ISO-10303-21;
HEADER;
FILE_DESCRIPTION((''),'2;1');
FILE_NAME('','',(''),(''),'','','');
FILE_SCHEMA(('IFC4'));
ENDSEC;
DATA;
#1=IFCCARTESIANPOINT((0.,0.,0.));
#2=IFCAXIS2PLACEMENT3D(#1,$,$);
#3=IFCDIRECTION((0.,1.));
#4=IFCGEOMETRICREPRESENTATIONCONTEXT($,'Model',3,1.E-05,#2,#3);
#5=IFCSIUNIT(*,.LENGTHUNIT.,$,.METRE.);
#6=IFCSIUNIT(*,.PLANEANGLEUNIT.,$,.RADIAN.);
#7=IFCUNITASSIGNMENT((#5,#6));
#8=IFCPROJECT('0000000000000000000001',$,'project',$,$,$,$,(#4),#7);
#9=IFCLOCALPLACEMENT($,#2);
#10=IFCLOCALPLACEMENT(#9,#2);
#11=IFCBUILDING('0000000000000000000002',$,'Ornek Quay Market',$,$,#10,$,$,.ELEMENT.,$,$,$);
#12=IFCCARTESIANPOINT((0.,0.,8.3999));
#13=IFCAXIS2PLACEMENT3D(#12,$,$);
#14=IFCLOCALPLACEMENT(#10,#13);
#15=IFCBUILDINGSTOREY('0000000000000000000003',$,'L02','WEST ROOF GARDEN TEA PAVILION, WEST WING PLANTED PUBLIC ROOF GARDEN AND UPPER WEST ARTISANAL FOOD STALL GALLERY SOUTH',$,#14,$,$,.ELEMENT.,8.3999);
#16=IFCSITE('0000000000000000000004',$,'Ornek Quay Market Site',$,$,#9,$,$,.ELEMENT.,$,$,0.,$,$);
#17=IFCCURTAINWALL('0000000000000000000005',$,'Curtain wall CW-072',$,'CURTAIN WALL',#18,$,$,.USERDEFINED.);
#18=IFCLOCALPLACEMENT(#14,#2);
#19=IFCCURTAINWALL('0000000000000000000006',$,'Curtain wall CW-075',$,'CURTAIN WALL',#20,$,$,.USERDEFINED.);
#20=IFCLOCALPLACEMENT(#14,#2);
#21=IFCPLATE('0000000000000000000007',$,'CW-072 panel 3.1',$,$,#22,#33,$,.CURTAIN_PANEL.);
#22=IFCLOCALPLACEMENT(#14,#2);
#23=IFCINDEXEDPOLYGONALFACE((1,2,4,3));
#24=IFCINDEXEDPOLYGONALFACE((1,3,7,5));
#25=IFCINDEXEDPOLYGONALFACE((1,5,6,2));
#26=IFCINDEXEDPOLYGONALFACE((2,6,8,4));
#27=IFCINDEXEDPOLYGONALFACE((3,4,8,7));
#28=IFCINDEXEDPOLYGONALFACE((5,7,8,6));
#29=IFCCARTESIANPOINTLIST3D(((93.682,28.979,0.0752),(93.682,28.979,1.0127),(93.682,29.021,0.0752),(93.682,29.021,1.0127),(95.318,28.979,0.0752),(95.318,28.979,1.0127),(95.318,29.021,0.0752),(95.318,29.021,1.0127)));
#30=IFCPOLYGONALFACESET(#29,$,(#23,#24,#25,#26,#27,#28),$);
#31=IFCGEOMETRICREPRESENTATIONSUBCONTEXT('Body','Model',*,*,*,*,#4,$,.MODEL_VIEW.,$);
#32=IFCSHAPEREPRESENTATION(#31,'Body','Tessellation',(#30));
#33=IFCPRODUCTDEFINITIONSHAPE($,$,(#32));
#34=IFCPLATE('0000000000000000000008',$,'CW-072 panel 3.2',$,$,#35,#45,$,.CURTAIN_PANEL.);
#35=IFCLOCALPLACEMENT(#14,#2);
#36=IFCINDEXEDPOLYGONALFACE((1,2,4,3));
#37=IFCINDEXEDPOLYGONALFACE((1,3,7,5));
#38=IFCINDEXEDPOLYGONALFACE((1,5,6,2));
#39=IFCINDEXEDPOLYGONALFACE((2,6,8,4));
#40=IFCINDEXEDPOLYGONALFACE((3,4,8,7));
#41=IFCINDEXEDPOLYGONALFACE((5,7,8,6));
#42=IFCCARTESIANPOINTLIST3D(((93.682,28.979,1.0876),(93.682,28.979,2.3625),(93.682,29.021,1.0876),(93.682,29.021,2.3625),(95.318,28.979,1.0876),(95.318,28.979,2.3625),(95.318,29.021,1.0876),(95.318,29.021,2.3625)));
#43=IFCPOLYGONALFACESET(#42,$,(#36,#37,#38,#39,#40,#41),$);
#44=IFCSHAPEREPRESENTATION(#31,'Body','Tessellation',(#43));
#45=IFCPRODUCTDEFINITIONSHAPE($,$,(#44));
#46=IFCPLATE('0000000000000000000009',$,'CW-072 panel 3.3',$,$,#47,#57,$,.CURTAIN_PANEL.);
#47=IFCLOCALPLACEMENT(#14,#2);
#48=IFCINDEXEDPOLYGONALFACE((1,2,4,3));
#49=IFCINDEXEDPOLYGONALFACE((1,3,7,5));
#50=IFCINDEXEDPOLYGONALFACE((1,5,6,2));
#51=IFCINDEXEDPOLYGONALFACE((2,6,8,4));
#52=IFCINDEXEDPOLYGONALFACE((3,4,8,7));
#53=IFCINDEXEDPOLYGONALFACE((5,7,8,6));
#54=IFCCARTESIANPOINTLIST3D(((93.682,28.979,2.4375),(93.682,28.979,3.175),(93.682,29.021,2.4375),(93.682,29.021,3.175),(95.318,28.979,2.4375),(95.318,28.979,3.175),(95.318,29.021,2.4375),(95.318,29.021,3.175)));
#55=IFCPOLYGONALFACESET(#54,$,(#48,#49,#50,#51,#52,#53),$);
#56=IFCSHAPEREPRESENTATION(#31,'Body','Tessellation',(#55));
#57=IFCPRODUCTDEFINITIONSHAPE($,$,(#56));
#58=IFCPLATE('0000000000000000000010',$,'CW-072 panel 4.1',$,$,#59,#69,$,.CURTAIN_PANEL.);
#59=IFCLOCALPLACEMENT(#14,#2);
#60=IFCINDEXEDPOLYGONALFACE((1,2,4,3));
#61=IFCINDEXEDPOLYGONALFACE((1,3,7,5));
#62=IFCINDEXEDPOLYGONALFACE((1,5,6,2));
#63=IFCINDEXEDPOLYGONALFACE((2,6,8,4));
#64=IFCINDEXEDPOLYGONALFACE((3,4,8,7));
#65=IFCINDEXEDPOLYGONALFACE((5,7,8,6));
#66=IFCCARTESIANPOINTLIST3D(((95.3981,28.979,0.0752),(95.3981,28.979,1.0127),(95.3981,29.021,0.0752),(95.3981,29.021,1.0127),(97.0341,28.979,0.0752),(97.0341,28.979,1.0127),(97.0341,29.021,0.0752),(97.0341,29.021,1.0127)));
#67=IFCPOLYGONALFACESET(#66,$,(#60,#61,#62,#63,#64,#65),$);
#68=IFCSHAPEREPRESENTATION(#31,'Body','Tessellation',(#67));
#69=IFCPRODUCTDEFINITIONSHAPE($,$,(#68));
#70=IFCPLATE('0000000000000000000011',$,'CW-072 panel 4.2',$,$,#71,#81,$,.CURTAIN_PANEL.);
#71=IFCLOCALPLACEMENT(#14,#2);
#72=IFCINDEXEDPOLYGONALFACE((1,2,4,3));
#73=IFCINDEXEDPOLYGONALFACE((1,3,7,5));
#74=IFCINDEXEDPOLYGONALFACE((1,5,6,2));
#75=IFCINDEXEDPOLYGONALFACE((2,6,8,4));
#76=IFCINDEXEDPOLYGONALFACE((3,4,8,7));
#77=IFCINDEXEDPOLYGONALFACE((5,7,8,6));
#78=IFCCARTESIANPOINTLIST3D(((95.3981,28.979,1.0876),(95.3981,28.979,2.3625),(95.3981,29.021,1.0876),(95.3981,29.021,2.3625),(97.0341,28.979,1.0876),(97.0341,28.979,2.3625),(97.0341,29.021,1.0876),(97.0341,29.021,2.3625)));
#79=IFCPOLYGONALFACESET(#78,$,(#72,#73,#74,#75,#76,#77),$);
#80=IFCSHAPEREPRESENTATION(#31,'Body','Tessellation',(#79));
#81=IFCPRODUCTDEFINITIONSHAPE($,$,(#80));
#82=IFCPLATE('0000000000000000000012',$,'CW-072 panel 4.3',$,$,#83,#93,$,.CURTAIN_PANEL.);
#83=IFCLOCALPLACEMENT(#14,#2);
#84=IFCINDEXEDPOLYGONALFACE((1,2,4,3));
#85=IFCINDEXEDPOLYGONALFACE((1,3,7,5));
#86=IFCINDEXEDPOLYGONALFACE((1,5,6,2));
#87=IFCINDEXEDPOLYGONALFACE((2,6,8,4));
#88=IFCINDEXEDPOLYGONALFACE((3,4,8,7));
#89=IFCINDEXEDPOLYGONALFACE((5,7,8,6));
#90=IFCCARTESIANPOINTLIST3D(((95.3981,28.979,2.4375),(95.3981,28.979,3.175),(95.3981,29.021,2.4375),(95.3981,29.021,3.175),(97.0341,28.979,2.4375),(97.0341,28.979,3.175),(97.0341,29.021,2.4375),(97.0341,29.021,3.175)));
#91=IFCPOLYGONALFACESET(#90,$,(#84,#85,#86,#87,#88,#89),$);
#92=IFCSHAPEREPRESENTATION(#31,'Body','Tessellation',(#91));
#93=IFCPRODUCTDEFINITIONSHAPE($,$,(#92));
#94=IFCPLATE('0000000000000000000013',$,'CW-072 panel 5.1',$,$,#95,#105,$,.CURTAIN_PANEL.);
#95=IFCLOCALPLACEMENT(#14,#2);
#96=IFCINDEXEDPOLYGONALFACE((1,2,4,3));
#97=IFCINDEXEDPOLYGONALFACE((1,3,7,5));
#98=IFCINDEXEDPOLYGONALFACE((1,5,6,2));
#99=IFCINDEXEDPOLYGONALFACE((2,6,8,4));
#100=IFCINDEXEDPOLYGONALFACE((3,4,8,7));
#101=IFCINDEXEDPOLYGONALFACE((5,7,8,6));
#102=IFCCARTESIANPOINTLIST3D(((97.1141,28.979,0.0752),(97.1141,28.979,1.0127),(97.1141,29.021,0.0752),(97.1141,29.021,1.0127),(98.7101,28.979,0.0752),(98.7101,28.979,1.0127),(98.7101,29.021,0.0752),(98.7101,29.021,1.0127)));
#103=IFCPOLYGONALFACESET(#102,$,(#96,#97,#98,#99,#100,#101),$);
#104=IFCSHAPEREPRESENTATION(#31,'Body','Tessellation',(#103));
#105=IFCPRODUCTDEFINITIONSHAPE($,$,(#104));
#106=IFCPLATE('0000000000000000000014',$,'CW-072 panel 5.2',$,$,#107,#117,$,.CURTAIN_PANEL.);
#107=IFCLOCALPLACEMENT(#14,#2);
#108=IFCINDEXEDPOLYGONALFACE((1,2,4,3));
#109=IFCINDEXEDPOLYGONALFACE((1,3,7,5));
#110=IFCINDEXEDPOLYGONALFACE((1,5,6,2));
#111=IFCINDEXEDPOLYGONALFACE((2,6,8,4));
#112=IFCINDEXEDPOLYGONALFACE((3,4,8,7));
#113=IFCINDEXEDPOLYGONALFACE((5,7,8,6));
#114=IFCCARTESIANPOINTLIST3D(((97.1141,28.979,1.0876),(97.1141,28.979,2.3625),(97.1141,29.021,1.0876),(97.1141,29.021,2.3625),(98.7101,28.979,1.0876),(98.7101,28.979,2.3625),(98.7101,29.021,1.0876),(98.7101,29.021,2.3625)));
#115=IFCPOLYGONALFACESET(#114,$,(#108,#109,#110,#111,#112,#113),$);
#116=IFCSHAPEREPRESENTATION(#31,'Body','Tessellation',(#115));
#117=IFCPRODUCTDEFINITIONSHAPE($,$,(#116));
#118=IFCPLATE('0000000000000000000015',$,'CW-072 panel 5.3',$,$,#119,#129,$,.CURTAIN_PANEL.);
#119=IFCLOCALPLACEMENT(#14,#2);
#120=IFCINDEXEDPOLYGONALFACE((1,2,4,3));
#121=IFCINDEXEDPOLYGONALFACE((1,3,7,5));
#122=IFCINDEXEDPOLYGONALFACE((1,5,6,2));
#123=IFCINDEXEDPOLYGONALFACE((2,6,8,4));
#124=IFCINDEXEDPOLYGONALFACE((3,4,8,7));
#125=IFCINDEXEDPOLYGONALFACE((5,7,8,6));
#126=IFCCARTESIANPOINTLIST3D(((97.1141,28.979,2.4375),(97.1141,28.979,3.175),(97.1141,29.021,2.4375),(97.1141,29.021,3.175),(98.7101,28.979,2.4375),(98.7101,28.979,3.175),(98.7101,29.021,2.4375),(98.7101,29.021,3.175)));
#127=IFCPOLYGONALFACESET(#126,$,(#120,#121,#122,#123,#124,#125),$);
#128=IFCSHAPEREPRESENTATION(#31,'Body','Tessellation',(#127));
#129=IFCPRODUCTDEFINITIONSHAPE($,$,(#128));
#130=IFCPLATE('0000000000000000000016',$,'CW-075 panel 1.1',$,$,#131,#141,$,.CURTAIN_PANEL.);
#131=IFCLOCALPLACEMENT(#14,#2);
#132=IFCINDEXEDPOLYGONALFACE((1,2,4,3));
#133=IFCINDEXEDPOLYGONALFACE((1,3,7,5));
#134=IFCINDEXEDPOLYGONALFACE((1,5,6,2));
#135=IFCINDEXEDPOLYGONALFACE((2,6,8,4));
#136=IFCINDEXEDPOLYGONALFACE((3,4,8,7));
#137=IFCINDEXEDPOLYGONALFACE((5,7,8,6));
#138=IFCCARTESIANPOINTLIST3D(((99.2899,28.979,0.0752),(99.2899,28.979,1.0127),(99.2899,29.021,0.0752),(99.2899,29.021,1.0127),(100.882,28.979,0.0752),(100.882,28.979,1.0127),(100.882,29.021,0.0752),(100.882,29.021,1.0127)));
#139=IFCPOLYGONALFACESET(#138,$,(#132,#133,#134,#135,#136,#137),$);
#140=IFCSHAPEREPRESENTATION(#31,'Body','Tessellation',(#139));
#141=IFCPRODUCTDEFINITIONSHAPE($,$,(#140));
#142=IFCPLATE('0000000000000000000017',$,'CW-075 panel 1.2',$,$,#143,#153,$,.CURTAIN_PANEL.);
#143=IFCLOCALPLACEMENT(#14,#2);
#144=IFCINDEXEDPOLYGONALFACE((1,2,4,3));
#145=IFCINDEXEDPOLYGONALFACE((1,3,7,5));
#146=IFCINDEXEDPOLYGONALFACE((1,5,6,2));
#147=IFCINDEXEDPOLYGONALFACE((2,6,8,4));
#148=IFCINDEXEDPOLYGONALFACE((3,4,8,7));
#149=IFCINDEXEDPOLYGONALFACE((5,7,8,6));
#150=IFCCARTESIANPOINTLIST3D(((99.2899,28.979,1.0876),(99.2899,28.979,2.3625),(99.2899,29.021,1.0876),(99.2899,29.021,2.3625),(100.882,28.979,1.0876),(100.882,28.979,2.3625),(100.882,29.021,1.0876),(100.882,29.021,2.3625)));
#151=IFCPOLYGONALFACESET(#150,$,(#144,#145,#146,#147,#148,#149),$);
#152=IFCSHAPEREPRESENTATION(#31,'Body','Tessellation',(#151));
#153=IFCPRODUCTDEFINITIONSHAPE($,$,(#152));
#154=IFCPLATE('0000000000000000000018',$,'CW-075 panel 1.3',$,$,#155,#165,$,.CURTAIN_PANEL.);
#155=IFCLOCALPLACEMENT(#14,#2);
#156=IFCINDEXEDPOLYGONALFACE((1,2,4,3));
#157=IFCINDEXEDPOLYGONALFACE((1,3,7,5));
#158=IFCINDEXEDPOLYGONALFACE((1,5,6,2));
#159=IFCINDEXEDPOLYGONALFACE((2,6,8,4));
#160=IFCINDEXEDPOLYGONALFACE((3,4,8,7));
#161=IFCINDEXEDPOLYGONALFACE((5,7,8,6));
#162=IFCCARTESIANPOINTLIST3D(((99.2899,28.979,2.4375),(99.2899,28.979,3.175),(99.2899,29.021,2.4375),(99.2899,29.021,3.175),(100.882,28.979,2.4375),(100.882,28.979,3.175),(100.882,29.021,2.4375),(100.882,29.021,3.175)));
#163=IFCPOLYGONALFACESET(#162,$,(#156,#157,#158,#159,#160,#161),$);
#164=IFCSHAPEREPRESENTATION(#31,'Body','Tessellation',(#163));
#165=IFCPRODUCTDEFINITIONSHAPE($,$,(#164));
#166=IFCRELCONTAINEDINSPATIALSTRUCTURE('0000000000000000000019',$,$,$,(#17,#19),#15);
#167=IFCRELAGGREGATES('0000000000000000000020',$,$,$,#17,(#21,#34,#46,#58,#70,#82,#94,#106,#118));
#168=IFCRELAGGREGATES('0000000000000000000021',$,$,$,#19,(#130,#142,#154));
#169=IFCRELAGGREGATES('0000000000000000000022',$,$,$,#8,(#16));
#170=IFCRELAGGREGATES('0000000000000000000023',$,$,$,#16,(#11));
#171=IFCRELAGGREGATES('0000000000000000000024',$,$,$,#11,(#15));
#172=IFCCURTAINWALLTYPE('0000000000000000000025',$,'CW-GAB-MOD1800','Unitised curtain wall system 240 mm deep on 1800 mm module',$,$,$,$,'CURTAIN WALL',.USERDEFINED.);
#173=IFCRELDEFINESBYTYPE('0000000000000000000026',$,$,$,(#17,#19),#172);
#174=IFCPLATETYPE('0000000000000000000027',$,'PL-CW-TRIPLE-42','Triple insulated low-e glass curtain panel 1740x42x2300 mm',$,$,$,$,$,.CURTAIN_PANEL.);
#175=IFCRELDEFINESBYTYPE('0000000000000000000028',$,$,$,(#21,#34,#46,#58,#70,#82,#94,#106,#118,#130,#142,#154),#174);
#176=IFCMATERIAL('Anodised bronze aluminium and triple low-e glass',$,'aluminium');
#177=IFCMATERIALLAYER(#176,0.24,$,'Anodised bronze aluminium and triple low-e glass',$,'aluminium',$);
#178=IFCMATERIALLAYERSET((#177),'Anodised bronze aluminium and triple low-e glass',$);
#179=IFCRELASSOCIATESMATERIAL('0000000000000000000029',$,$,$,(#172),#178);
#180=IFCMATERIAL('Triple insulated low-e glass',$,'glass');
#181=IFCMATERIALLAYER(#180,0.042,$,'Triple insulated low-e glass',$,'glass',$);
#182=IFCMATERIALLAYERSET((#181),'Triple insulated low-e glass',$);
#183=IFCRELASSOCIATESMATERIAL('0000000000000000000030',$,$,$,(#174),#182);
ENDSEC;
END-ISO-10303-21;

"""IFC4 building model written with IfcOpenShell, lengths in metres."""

from ifc_helpers import new_model, si_unit, direction, frame, origin, origin_2d, place, context, subcontext, project, spatial, rectangle, extrude, material, layer, layer_set, type_object, element, aggregate, save


model = new_model("IFC4")

# Units and contexts
model_context = context("Model", 3, precision=1e-05, world=origin(), true_north=direction((0.0, 1.0)))
body_context = subcontext(model_context, "Body", "Model", "MODEL_VIEW")
ifc_project = project(units=[si_unit("LENGTHUNIT", "METRE"), si_unit("PLANEANGLEUNIT", "RADIAN")], contexts=[model_context])

# Site, building, storey
site_placement = place(None, origin())
site = spatial("IfcSite", under=ifc_project, at=site_placement, Name="Ornek Quay Market Site", CompositionType="ELEMENT", RefElevation=0.0)
building_placement = place(site_placement, origin())
building = spatial("IfcBuilding", under=site, at=building_placement, Name="Ornek Quay Market", CompositionType="ELEMENT")
storey_placement = place(building_placement, frame((0.0, 0.0, 8.3999)))
storey = spatial("IfcBuildingStorey", under=building, at=storey_placement, Name="L02", Description="WEST ROOF GARDEN TEA PAVILION, WEST WING PLANTED PUBLIC ROOF GARDEN AND UPPER WEST ARTISANAL FOOD STALL GALLERY SOUTH", CompositionType="ELEMENT", Elevation=8.3999)

# Curtain walls
ifc_material_1 = material(Name="Anodised bronze aluminium and triple low-e glass", Category="aluminium")
ifc_layer_1 = layer(ifc_material_1, 0.24, Name="Anodised bronze aluminium and triple low-e glass", Category="aluminium")
ifc_layer_set_1 = layer_set([ifc_layer_1], Name="Anodised bronze aluminium and triple low-e glass")
curtain_wall_type = type_object("IfcCurtainWallType", Name="CW-GAB-MOD1800", Description="Unitised curtain wall system 240 mm deep on 1800 mm module", ElementType="CURTAIN WALL", PredefinedType="USERDEFINED", material=ifc_layer_set_1)
curtain_wall_1_placement = place(storey_placement, origin())
curtain_wall_1 = element("IfcCurtainWall", 1, at=curtain_wall_1_placement, inside=storey, type_object=curtain_wall_type, Name="Curtain wall CW-072", ObjectType="CURTAIN WALL", PredefinedType="USERDEFINED")
curtain_wall_2_placement = place(storey_placement, origin())
curtain_wall_2 = element("IfcCurtainWall", 2, at=curtain_wall_2_placement, inside=storey, type_object=curtain_wall_type, Name="Curtain wall CW-075", ObjectType="CURTAIN WALL", PredefinedType="USERDEFINED")

# Plates
ifc_material_2 = material(Name="Triple insulated low-e glass", Category="glass")
ifc_layer_2 = layer(ifc_material_2, 0.042, Name="Triple insulated low-e glass", Category="glass")
ifc_layer_set_2 = layer_set([ifc_layer_2], Name="Triple insulated low-e glass")
plate_type = type_object("IfcPlateType", Name="PL-CW-TRIPLE-42", Description="Triple insulated low-e glass curtain panel 1740x42x2300 mm", PredefinedType="CURTAIN_PANEL", material=ifc_layer_set_2)
plate_1_placement = place(storey_placement, frame((94.5, 29.0, 0.0752), z_axis=(0.0, 0.0, 1.0), x_axis=(1.0, 0.0, 0.0)))
plate_1 = element("IfcPlate", 3, at=plate_1_placement, type_object=plate_type, Name="CW-072 panel 3.1", PredefinedType="CURTAIN_PANEL", context=body_context, shape_type="SweptSolid", body=[
    extrude(rectangle(XDim=1.636, YDim=0.042, at=origin_2d()), origin(), (0.0, 0.0, 1.0), 0.9375),
])
plate_2_placement = place(storey_placement, frame((94.5, 29.0, 1.0876), z_axis=(0.0, 0.0, 1.0), x_axis=(1.0, 0.0, 0.0)))
plate_2 = element("IfcPlate", 4, at=plate_2_placement, type_object=plate_type, Name="CW-072 panel 3.2", PredefinedType="CURTAIN_PANEL", context=body_context, shape_type="SweptSolid", body=[
    extrude(rectangle(XDim=1.636, YDim=0.042, at=origin_2d()), origin(), (0.0, 0.0, 1.0), 1.2749),
])
plate_3_placement = place(storey_placement, frame((94.5, 29.0, 2.4375), z_axis=(0.0, 0.0, 1.0), x_axis=(1.0, 0.0, 0.0)))
plate_3 = element("IfcPlate", 5, at=plate_3_placement, type_object=plate_type, Name="CW-072 panel 3.3", PredefinedType="CURTAIN_PANEL", context=body_context, shape_type="SweptSolid", body=[
    extrude(rectangle(XDim=1.636, YDim=0.042, at=origin_2d()), origin(), (0.0, 0.0, 1.0), 0.7375),
])
plate_4_placement = place(storey_placement, frame((96.2161, 29.0, 0.0752), z_axis=(0.0, 0.0, 1.0), x_axis=(1.0, 0.0, 0.0)))
plate_4 = element("IfcPlate", 6, at=plate_4_placement, type_object=plate_type, Name="CW-072 panel 4.1", PredefinedType="CURTAIN_PANEL", context=body_context, shape_type="SweptSolid", body=[
    extrude(rectangle(XDim=1.636, YDim=0.042, at=origin_2d()), origin(), (0.0, 0.0, 1.0), 0.9375),
])
plate_5_placement = place(storey_placement, frame((96.2161, 29.0, 1.0876), z_axis=(0.0, 0.0, 1.0), x_axis=(1.0, 0.0, 0.0)))
plate_5 = element("IfcPlate", 7, at=plate_5_placement, type_object=plate_type, Name="CW-072 panel 4.2", PredefinedType="CURTAIN_PANEL", context=body_context, shape_type="SweptSolid", body=[
    extrude(rectangle(XDim=1.636, YDim=0.042, at=origin_2d()), origin(), (0.0, 0.0, 1.0), 1.2749),
])
plate_6_placement = place(storey_placement, frame((96.2161, 29.0, 2.4375), z_axis=(0.0, 0.0, 1.0), x_axis=(1.0, 0.0, 0.0)))
plate_6 = element("IfcPlate", 8, at=plate_6_placement, type_object=plate_type, Name="CW-072 panel 4.3", PredefinedType="CURTAIN_PANEL", context=body_context, shape_type="SweptSolid", body=[
    extrude(rectangle(XDim=1.636, YDim=0.042, at=origin_2d()), origin(), (0.0, 0.0, 1.0), 0.7375),
])
plate_7_placement = place(storey_placement, frame((97.9121, 29.0, 0.0752), z_axis=(0.0, 0.0, 1.0), x_axis=(1.0, 0.0, 0.0)))
plate_7 = element("IfcPlate", 9, at=plate_7_placement, type_object=plate_type, Name="CW-072 panel 5.1", PredefinedType="CURTAIN_PANEL", context=body_context, shape_type="SweptSolid", body=[
    extrude(rectangle(XDim=1.5959, YDim=0.042, at=origin_2d()), origin(), (0.0, 0.0, 1.0), 0.9375),
])
plate_8_placement = place(storey_placement, frame((97.9121, 29.0, 1.0876), z_axis=(0.0, 0.0, 1.0), x_axis=(1.0, 0.0, 0.0)))
plate_8 = element("IfcPlate", 10, at=plate_8_placement, type_object=plate_type, Name="CW-072 panel 5.2", PredefinedType="CURTAIN_PANEL", context=body_context, shape_type="SweptSolid", body=[
    extrude(rectangle(XDim=1.5959, YDim=0.042, at=origin_2d()), origin(), (0.0, 0.0, 1.0), 1.2749),
])
plate_9_placement = place(storey_placement, frame((97.9121, 29.0, 2.4375), z_axis=(0.0, 0.0, 1.0), x_axis=(1.0, 0.0, 0.0)))
plate_9 = element("IfcPlate", 11, at=plate_9_placement, type_object=plate_type, Name="CW-072 panel 5.3", PredefinedType="CURTAIN_PANEL", context=body_context, shape_type="SweptSolid", body=[
    extrude(rectangle(XDim=1.5959, YDim=0.042, at=origin_2d()), origin(), (0.0, 0.0, 1.0), 0.7375),
])
aggregate(curtain_wall_1, [plate_1, plate_2, plate_3, plate_4, plate_5, plate_6, plate_7, plate_8, plate_9])
plate_10_placement = place(storey_placement, frame((100.0859, 29.0, 0.0752), z_axis=(0.0, 0.0, 1.0), x_axis=(1.0, 0.0, 0.0)))
plate_10 = element("IfcPlate", 12, at=plate_10_placement, type_object=plate_type, Name="CW-075 panel 1.1", PredefinedType="CURTAIN_PANEL", context=body_context, shape_type="SweptSolid", body=[
    extrude(rectangle(XDim=1.592, YDim=0.042, at=origin_2d()), origin(), (0.0, 0.0, 1.0), 0.9375),
])
plate_11_placement = place(storey_placement, frame((100.0859, 29.0, 1.0876), z_axis=(0.0, 0.0, 1.0), x_axis=(1.0, 0.0, 0.0)))
plate_11 = element("IfcPlate", 13, at=plate_11_placement, type_object=plate_type, Name="CW-075 panel 1.2", PredefinedType="CURTAIN_PANEL", context=body_context, shape_type="SweptSolid", body=[
    extrude(rectangle(XDim=1.592, YDim=0.042, at=origin_2d()), origin(), (0.0, 0.0, 1.0), 1.2749),
])
plate_12_placement = place(storey_placement, frame((100.0859, 29.0, 2.4375), z_axis=(0.0, 0.0, 1.0), x_axis=(1.0, 0.0, 0.0)))
plate_12 = element("IfcPlate", 14, at=plate_12_placement, type_object=plate_type, Name="CW-075 panel 1.3", PredefinedType="CURTAIN_PANEL", context=body_context, shape_type="SweptSolid", body=[
    extrude(rectangle(XDim=1.592, YDim=0.042, at=origin_2d()), origin(), (0.0, 0.0, 1.0), 0.7375),
])
aggregate(curtain_wall_2, [plate_10, plate_11, plate_12])

save(model, "model.ifc")
